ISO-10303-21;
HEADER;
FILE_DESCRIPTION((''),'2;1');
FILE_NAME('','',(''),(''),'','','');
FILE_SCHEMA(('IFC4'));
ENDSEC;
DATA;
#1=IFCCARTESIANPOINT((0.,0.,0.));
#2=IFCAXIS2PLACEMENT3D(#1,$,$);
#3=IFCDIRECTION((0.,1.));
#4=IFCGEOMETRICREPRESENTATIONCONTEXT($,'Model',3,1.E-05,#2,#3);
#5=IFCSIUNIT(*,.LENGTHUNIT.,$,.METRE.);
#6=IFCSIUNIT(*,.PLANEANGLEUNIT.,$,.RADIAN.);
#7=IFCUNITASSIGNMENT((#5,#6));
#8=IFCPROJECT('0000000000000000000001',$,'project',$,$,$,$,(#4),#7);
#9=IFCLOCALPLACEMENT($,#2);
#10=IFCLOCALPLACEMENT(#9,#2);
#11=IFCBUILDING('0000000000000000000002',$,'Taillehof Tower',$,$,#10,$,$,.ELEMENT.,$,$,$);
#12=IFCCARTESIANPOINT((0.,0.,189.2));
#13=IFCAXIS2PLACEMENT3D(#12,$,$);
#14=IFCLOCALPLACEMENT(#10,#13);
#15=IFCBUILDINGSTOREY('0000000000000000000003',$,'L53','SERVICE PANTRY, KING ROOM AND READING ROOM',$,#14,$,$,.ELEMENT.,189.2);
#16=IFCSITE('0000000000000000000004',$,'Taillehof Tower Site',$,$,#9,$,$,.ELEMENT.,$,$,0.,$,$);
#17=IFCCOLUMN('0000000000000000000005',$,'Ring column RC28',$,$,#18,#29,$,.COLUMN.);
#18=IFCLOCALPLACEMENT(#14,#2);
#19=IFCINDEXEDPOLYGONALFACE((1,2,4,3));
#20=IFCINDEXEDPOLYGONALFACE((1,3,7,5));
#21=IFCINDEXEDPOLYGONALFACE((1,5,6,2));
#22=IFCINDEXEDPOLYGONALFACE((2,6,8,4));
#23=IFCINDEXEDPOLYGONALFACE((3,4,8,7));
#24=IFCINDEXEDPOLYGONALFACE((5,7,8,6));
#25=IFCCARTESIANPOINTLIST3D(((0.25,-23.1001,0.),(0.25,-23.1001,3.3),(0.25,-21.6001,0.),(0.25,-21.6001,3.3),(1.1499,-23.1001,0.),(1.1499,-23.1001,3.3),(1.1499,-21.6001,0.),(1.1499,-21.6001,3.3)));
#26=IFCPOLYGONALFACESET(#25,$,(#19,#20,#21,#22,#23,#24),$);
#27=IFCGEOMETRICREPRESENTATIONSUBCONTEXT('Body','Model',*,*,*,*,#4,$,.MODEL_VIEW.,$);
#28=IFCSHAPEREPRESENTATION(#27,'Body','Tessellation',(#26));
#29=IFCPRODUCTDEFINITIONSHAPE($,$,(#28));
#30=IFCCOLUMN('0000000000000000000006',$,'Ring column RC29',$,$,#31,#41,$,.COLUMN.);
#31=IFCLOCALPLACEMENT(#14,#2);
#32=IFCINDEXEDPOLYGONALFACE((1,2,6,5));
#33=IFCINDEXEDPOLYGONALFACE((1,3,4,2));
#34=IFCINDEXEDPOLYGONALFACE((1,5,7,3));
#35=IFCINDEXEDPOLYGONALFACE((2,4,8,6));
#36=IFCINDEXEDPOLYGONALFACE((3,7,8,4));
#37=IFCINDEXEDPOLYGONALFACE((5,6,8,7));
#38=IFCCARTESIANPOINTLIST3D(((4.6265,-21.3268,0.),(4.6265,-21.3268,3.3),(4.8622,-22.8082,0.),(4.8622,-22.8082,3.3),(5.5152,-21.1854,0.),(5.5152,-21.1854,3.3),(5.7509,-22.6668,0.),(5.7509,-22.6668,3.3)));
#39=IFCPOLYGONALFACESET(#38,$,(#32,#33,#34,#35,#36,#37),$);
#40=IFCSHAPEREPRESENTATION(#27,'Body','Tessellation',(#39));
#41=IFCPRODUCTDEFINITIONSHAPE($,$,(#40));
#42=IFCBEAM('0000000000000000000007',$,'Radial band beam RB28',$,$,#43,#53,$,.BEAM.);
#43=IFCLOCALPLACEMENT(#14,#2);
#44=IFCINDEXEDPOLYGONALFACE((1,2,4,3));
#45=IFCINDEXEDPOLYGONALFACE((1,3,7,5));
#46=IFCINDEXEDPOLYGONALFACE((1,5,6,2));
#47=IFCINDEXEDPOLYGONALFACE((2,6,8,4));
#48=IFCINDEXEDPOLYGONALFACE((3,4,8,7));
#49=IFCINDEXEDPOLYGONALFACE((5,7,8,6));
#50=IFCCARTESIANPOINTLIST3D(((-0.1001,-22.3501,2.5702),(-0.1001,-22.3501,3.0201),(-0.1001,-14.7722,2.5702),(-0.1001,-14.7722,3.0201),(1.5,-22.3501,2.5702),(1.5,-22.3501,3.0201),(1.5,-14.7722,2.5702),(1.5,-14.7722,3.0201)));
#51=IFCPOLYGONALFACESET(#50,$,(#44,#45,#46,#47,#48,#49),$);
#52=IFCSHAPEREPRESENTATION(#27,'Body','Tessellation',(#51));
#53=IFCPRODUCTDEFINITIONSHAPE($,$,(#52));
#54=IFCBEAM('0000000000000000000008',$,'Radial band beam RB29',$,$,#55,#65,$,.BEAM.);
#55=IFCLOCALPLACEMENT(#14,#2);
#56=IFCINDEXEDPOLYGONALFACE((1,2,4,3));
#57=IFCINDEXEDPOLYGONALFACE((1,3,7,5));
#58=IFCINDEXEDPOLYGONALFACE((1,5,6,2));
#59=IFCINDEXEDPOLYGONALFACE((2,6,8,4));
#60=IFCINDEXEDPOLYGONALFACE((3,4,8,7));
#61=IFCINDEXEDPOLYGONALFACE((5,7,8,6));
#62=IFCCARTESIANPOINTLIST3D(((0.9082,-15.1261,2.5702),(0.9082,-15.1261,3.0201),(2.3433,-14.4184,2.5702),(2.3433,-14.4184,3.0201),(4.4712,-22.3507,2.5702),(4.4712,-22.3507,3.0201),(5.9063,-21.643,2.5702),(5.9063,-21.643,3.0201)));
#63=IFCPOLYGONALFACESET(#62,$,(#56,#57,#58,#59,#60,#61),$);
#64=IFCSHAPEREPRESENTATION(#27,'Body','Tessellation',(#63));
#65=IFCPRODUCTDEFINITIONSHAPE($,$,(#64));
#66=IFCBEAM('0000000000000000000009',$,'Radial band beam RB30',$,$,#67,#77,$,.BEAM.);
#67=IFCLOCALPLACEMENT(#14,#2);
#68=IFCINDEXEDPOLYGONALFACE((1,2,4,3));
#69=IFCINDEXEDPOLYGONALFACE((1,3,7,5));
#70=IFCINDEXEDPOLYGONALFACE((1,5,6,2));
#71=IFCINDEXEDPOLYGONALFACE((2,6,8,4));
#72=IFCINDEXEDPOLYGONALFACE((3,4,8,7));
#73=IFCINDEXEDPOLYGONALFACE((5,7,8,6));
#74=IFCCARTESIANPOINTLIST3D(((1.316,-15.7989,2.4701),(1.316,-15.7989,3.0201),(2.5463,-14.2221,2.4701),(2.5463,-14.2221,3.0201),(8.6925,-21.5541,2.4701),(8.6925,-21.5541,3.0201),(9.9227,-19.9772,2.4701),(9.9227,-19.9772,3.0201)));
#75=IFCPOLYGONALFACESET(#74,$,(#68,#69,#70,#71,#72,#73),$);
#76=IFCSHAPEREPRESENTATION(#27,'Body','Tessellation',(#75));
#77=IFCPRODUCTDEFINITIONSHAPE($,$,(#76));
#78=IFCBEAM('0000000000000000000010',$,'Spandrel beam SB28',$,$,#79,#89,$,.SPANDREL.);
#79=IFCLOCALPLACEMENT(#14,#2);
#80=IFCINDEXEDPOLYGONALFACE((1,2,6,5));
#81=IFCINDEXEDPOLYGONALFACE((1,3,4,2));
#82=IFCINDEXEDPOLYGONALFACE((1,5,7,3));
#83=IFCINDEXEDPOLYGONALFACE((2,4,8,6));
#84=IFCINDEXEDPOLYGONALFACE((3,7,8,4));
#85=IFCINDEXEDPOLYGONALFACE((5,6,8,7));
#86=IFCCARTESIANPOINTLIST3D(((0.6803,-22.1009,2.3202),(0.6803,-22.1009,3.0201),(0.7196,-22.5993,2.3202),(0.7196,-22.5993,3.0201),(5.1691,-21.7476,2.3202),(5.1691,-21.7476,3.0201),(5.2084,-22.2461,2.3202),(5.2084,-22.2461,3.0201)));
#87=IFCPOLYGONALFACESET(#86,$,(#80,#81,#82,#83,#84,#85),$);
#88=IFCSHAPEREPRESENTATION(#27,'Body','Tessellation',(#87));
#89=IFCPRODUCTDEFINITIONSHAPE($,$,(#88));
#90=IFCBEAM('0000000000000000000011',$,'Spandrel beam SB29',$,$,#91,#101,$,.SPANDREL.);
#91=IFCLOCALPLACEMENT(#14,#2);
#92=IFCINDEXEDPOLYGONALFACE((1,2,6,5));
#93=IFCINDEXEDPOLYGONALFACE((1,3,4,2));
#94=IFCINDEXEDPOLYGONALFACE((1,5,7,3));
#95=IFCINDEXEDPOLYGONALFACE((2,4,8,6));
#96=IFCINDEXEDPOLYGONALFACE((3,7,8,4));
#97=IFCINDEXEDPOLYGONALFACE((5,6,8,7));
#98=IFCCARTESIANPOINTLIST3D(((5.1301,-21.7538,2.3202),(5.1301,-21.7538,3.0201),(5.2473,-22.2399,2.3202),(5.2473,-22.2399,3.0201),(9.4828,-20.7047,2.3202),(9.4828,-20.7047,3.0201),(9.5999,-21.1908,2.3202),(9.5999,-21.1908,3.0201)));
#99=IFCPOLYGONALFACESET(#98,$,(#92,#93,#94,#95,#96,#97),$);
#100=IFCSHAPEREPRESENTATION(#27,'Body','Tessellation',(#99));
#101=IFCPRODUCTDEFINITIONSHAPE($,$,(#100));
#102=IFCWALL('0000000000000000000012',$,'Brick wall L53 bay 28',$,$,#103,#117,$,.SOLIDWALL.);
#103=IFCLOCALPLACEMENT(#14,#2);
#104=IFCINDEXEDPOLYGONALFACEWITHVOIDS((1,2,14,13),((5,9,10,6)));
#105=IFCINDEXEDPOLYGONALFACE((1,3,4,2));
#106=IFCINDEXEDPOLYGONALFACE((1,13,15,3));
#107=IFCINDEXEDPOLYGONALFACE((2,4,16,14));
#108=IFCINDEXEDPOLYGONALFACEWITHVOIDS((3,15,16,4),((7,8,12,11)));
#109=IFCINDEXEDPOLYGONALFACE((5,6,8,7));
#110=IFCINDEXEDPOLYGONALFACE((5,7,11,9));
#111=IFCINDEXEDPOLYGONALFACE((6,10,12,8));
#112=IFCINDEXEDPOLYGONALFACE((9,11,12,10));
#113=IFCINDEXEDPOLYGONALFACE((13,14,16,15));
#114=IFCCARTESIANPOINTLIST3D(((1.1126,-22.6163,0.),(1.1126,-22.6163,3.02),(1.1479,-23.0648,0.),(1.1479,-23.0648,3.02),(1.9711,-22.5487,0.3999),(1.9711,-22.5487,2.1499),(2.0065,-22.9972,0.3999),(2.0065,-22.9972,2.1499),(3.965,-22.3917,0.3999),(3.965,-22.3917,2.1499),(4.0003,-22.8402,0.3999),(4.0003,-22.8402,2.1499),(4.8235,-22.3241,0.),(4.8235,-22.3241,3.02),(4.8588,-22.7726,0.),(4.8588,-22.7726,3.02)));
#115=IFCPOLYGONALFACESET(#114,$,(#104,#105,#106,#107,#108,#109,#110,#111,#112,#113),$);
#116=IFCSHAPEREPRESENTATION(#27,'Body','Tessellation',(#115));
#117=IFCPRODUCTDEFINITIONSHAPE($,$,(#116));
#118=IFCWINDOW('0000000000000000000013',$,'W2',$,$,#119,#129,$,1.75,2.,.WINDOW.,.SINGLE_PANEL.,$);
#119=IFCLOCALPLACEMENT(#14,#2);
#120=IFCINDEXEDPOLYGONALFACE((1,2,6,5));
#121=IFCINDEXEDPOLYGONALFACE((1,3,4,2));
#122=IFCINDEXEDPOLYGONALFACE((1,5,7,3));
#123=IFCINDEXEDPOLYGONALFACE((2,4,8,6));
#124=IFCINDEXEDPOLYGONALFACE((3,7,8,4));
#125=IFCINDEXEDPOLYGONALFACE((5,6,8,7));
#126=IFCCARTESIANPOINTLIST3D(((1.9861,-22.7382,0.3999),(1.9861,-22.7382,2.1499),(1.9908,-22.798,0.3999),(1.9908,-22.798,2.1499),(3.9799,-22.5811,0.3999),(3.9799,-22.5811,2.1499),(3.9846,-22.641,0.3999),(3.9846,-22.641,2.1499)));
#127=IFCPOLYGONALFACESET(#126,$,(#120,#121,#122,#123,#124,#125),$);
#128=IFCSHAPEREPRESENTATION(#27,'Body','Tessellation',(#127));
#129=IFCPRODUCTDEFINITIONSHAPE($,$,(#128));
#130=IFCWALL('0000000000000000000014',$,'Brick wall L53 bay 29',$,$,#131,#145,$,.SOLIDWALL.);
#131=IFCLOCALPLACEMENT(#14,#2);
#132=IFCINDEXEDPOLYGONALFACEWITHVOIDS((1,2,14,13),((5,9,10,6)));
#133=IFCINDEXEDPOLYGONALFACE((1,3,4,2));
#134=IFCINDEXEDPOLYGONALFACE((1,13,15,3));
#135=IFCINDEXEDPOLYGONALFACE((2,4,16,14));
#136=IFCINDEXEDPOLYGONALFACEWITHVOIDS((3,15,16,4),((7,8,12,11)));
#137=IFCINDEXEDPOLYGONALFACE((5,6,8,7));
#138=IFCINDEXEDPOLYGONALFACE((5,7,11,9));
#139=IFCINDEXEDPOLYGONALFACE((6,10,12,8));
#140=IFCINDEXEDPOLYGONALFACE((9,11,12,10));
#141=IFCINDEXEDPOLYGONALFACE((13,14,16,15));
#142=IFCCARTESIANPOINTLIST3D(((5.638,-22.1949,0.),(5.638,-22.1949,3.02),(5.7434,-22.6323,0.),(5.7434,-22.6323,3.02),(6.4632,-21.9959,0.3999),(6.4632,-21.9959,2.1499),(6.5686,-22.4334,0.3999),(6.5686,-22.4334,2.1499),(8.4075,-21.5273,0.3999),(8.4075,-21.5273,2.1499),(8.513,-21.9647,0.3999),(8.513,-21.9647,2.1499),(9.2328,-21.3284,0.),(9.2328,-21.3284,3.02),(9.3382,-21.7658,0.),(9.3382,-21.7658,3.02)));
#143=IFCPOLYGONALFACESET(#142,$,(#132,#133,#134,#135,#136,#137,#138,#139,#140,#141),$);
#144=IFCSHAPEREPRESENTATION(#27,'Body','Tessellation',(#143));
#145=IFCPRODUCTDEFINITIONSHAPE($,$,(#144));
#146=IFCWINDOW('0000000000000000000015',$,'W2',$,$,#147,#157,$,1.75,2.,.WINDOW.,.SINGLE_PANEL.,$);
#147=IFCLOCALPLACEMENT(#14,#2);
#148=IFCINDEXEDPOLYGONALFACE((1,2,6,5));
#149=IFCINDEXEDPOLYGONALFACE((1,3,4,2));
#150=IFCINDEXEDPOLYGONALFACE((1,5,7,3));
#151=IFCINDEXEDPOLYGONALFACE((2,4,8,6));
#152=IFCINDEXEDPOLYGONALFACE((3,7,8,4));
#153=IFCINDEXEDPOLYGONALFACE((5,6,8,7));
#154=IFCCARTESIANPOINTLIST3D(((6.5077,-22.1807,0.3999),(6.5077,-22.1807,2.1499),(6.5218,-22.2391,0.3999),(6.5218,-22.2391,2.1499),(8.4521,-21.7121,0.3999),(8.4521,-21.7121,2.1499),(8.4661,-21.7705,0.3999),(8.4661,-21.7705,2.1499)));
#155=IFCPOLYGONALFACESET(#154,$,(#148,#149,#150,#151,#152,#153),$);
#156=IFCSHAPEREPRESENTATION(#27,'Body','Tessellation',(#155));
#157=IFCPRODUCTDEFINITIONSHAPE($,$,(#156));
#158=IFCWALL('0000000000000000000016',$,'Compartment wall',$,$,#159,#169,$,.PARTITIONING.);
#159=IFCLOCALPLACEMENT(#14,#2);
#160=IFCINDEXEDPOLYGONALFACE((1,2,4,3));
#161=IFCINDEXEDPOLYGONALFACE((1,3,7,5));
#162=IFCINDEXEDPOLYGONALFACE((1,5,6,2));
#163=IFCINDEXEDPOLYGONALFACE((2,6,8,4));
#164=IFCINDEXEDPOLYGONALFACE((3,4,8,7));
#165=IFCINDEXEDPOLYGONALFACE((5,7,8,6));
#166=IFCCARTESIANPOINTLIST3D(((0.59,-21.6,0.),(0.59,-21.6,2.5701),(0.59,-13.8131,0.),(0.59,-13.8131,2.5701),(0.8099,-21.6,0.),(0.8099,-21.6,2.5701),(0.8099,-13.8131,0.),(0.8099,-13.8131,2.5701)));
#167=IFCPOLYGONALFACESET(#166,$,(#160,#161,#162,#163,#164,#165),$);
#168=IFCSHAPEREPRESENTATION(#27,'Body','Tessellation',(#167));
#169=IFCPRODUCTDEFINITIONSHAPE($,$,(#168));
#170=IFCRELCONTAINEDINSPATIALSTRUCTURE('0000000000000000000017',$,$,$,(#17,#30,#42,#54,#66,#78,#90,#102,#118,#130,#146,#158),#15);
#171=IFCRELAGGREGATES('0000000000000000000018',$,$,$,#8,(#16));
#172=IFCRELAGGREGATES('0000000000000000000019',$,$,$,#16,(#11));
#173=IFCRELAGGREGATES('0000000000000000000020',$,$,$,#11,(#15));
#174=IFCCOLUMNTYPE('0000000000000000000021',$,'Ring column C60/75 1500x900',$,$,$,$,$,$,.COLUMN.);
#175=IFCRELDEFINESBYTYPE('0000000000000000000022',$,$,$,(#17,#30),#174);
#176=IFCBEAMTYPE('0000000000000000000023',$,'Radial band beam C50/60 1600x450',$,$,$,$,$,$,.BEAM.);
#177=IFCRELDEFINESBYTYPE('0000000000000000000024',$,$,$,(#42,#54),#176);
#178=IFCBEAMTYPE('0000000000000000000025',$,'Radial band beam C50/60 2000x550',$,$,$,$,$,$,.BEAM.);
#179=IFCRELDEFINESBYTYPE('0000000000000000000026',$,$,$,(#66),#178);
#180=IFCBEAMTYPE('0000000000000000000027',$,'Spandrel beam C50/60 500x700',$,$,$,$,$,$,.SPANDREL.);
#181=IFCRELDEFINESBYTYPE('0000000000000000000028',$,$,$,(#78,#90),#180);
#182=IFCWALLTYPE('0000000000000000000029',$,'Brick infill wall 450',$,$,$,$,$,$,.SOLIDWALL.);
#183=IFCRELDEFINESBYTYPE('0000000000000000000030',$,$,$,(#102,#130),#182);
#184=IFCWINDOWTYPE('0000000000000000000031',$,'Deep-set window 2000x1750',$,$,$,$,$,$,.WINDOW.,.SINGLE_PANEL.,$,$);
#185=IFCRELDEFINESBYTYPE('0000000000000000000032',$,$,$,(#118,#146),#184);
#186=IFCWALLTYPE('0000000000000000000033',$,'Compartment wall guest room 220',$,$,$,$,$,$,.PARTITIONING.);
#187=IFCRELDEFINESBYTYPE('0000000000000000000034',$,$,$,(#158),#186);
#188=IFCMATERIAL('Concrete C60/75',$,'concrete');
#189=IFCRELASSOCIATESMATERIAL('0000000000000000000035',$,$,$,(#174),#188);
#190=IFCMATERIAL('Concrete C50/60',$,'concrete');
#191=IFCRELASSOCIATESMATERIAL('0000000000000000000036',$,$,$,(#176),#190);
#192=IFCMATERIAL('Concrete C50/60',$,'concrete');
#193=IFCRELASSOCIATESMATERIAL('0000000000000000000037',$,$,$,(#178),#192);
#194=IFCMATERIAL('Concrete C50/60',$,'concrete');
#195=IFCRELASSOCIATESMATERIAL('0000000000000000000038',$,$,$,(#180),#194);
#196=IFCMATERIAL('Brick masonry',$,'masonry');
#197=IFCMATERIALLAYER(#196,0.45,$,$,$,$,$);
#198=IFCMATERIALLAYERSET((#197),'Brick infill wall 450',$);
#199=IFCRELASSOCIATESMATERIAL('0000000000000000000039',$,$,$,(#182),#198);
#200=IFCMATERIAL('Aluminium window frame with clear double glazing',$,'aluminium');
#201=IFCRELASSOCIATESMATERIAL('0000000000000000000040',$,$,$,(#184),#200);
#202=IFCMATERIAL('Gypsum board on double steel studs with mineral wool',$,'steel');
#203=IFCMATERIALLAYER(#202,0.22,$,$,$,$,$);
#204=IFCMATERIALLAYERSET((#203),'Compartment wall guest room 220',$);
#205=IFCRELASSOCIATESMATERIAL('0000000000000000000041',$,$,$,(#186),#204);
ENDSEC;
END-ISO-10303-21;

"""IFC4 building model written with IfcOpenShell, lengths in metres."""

from ifc_helpers import new_model, si_unit, direction, frame, frame_2d, origin, origin_2d, place, context, subcontext, project, spatial, rectangle, extrude, material, layer, layer_set, material_profile, profile_set, type_object, element, fill, save


model = new_model("IFC4")

# Units and contexts
model_context = context("Model", 3, precision=1e-05, world=origin(), true_north=direction((0.0, 1.0)))
body_context = subcontext(model_context, "Body", "Model", "MODEL_VIEW")
ifc_project = project(units=[si_unit("LENGTHUNIT", "METRE"), si_unit("PLANEANGLEUNIT", "RADIAN")], contexts=[model_context])

# Site, building, storey
site_placement = place(None, origin())
site = spatial("IfcSite", under=ifc_project, at=site_placement, Name="Taillehof Tower Site", CompositionType="ELEMENT", RefElevation=0.0)
building_placement = place(site_placement, origin())
building = spatial("IfcBuilding", under=site, at=building_placement, Name="Taillehof Tower", CompositionType="ELEMENT")
storey_placement = place(building_placement, frame((0.0, 0.0, 189.2)))
storey = spatial("IfcBuildingStorey", under=building, at=storey_placement, Name="L53", Description="SERVICE PANTRY, KING ROOM AND READING ROOM", CompositionType="ELEMENT", Elevation=189.2)

# Columns
ifc_material_1 = material(Name="Concrete C60/75", Category="concrete")
ifc_material_profile_1 = material_profile(ifc_material_1, rectangle(XDim=1.5, YDim=0.8999, at=origin_2d()), Name="RC 1500x900")
ifc_profile_set_1 = profile_set([ifc_material_profile_1], Name="Concrete C60/75")
column_type = type_object("IfcColumnType", Name="Ring column C60/75 1500x900", PredefinedType="COLUMN", material=ifc_profile_set_1)
for number, where, z_axis, x_axis, name in (
    (1, (0.7, -22.3501, 0.0), (0.0, 0.0, 1.0), (0.0, -1.0, 0.0), "Ring column RC28"),
    (2, (5.1887, -21.9968, 0.0), (0.0, 0.0, 1.0), (0.157116, -0.98758, 0.0), "Ring column RC29"),
):
    element("IfcColumn", number, at=place(storey_placement, frame(where, z_axis=z_axis, x_axis=x_axis)), inside=storey, type_object=column_type, Name=name, PredefinedType="COLUMN", context=body_context, shape_type="SweptSolid", body=[
        extrude(rectangle(XDim=1.5, YDim=0.8999, at=origin_2d()), origin(), (0.0, 0.0, 1.0), 3.3),
    ])

# Beams
ifc_material_2 = material(Name="Concrete C50/60", Category="concrete")
ifc_material_profile_2 = material_profile(ifc_material_2, rectangle(XDim=1.6001, YDim=0.45, at=origin_2d()), Name="RC 1600x450")
ifc_profile_set_2 = profile_set([ifc_material_profile_2], Name="Concrete C50/60")
beam_type_1 = type_object("IfcBeamType", Name="Radial band beam C50/60 1600x450", PredefinedType="BEAM", material=ifc_profile_set_2)
beam_1_placement = place(storey_placement, frame((0.7, -22.3501, 2.7952), z_axis=(0.0, 1.0, 0.0), x_axis=(-1.0, 0.0, 0.0)))
element("IfcBeam", 3, at=beam_1_placement, inside=storey, type_object=beam_type_1, Name="Radial band beam RB28", PredefinedType="BEAM", context=body_context, shape_type="SweptSolid", body=[
    extrude(rectangle(XDim=1.6001, YDim=0.45, at=origin_2d()), origin(), (0.0, 0.0, 1.0), 7.5779),
])
beam_2_placement = place(storey_placement, frame((5.1887, -21.9968, 2.7952), z_axis=(-0.442309, 0.896863, 0.0), x_axis=(-0.896863, -0.442309, 0.0)))
element("IfcBeam", 4, at=beam_2_placement, inside=storey, type_object=beam_type_1, Name="Radial band beam RB29", PredefinedType="BEAM", context=body_context, shape_type="SweptSolid", body=[
    extrude(rectangle(XDim=1.6001, YDim=0.45, at=origin_2d()), origin(), (0.0, 0.0, 1.0), 8.0554),
])
ifc_material_3 = material(Name="Concrete C50/60", Category="concrete")
ifc_material_profile_3 = material_profile(ifc_material_3, rectangle(XDim=2.0, YDim=0.55, at=origin_2d()), Name="RC 2000x550")
ifc_profile_set_3 = profile_set([ifc_material_profile_3], Name="Concrete C50/60")
beam_type_2 = type_object("IfcBeamType", Name="Radial band beam C50/60 2000x550", PredefinedType="BEAM", material=ifc_profile_set_3)
beam_3_placement = place(storey_placement, frame((9.3076, -20.7656, 2.7451), z_axis=(-0.788425, 0.61513, 0.0), x_axis=(-0.61513, -0.788425, 0.0)))
element("IfcBeam", 5, at=beam_3_placement, inside=storey, type_object=beam_type_2, Name="Radial band beam RB30", PredefinedType="BEAM", context=body_context, shape_type="SweptSolid", body=[
    extrude(rectangle(XDim=2.0, YDim=0.55, at=origin_2d()), origin(), (0.0, 0.0, 1.0), 9.356),
])
ifc_material_4 = material(Name="Concrete C50/60", Category="concrete")
ifc_material_profile_4 = material_profile(ifc_material_4, rectangle(XDim=0.5, YDim=0.7, at=origin_2d()), Name="RC 500x700")
ifc_profile_set_4 = profile_set([ifc_material_profile_4], Name="Concrete C50/60")
beam_type_3 = type_object("IfcBeamType", Name="Spandrel beam C50/60 500x700", PredefinedType="SPANDREL", material=ifc_profile_set_4)
beam_4_placement = place(storey_placement, frame((0.7, -22.3501, 2.6702), z_axis=(0.996917, 0.078459, 0.0), x_axis=(-0.078459, 0.996917, 0.0)))
element("IfcBeam", 6, at=beam_4_placement, inside=storey, type_object=beam_type_3, Name="Spandrel beam SB28", PredefinedType="SPANDREL", context=body_context, shape_type="SweptSolid", body=[
    extrude(rectangle(XDim=0.5, YDim=0.7, at=origin_2d()), origin(), (0.0, 0.0, 1.0), 4.5027),
])
beam_5_placement = place(storey_placement, frame((5.1887, -21.9968, 2.6702), z_axis=(0.972161, 0.234315, 0.0), x_axis=(-0.234315, 0.972161, 0.0)))
element("IfcBeam", 7, at=beam_5_placement, inside=storey, type_object=beam_type_3, Name="Spandrel beam SB29", PredefinedType="SPANDREL", context=body_context, shape_type="SweptSolid", body=[
    extrude(rectangle(XDim=0.5, YDim=0.7, at=origin_2d()), origin(), (0.0, 0.0, 1.0), 4.4773),
])

# Walls, openings, windows
ifc_material_5 = material(Name="Brick masonry", Category="masonry")
ifc_layer_1 = layer(ifc_material_5, 0.45)
ifc_layer_set_1 = layer_set([ifc_layer_1], Name="Brick infill wall 450")
wall_type_1 = type_object("IfcWallType", Name="Brick infill wall 450", PredefinedType="SOLIDWALL", material=ifc_layer_set_1)
wall_1_placement = place(storey_placement, frame((1.1301, -22.8406, 0.0), z_axis=(0.0, 0.0, 1.0), x_axis=(0.996914, 0.078507, 0.0)))
wall_1 = element("IfcWall", 8, at=wall_1_placement, inside=storey, type_object=wall_type_1, Name="Brick wall L53 bay 28", PredefinedType="SOLIDWALL", context=body_context, shape_type="SweptSolid", body=[
    extrude(rectangle(XDim=3.7224, YDim=0.45, at=frame_2d((1.8613, 0.0))), origin(), (0.0, 0.0, 1.0), 3.02),
])
opening_1_placement = place(wall_1_placement, frame((0.8613, 0.0, 0.3999)))
opening_1 = element("IfcOpeningElement", 9, at=opening_1_placement, cuts=wall_1, PredefinedType="OPENING", context=body_context, shape_type="SweptSolid", body=[
    extrude(rectangle(XDim=2.0, YDim=1.75, at=frame_2d((1.0, 0.875))), frame((0.0, 0.2349, 0.0), z_axis=(0.0, -1.0, 0.0), x_axis=(1.0, 0.0, 0.0)), (0.0, 0.0, 1.0), 0.47),
])
ifc_material_6 = material(Name="Aluminium window frame with clear double glazing", Category="aluminium")
window_type = type_object("IfcWindowType", Name="Deep-set window 2000x1750", PartitioningType="SINGLE_PANEL", PredefinedType="WINDOW", material=ifc_material_6)
window_1_placement = place(opening_1_placement, origin())
window_1 = element("IfcWindow", 10, at=window_1_placement, inside=storey, type_object=window_type, Name="W2", OverallHeight=1.75, OverallWidth=2.0, PartitioningType="SINGLE_PANEL", PredefinedType="WINDOW", context=body_context, shape_type="SweptSolid", body=[
    extrude(rectangle(XDim=2.0, YDim=1.75, at=frame_2d((1.0, 0.875))), frame((0.0, 0.0349, 0.0), z_axis=(0.0, -1.0, 0.0), x_axis=(1.0, 0.0, 0.0)), (0.0, 0.0, 1.0), 0.0601),
])
fill(opening_1, window_1)
wall_2_placement = place(storey_placement, frame((5.6907, -22.4136, 0.0), z_axis=(0.0, 0.0, 1.0), x_axis=(0.972158, 0.234324, 0.0)))
wall_2 = element("IfcWall", 11, at=wall_2_placement, inside=storey, type_object=wall_type_1, Name="Brick wall L53 bay 29", PredefinedType="SOLIDWALL", context=body_context, shape_type="SweptSolid", body=[
    extrude(rectangle(XDim=3.6978, YDim=0.45, at=frame_2d((1.8489, 0.0))), origin(), (0.0, 0.0, 1.0), 3.02),
])
opening_2_placement = place(wall_2_placement, frame((0.8489, 0.0, 0.3999)))
opening_2 = element("IfcOpeningElement", 12, at=opening_2_placement, cuts=wall_2, PredefinedType="OPENING", context=body_context, shape_type="SweptSolid", body=[
    extrude(rectangle(XDim=2.0, YDim=1.75, at=frame_2d((1.0, 0.875))), frame((0.0, 0.2349, 0.0), z_axis=(0.0, -1.0, 0.0), x_axis=(1.0, 0.0, 0.0)), (0.0, 0.0, 1.0), 0.47),
])
window_2_placement = place(opening_2_placement, origin())
window_2 = element("IfcWindow", 13, at=window_2_placement, inside=storey, type_object=window_type, Name="W2", OverallHeight=1.75, OverallWidth=2.0, PartitioningType="SINGLE_PANEL", PredefinedType="WINDOW", context=body_context, shape_type="SweptSolid", body=[
    extrude(rectangle(XDim=2.0, YDim=1.75, at=frame_2d((1.0, 0.875))), frame((0.0, 0.0349, 0.0), z_axis=(0.0, -1.0, 0.0), x_axis=(1.0, 0.0, 0.0)), (0.0, 0.0, 1.0), 0.0601),
])
fill(opening_2, window_2)

# Wall
ifc_material_7 = material(Name="Gypsum board on double steel studs with mineral wool", Category="steel")
ifc_layer_2 = layer(ifc_material_7, 0.22)
ifc_layer_set_2 = layer_set([ifc_layer_2], Name="Compartment wall guest room 220")
wall_type_2 = type_object("IfcWallType", Name="Compartment wall guest room 220", PredefinedType="PARTITIONING", material=ifc_layer_set_2)
wall_3_placement = place(storey_placement, frame((0.7, -21.6001, 0.0), z_axis=(0.0, 0.0, 1.0), x_axis=(0.0, 1.0, 0.0)))
element("IfcWall", 14, at=wall_3_placement, inside=storey, type_object=wall_type_2, Name="Compartment wall", PredefinedType="PARTITIONING", context=body_context, shape_type="SweptSolid", body=[
    extrude(rectangle(XDim=7.7869, YDim=0.22, at=frame_2d((3.8936, 0.0))), origin(), (0.0, 0.0, 1.0), 2.5701),
])

save(model, "model.ifc")
